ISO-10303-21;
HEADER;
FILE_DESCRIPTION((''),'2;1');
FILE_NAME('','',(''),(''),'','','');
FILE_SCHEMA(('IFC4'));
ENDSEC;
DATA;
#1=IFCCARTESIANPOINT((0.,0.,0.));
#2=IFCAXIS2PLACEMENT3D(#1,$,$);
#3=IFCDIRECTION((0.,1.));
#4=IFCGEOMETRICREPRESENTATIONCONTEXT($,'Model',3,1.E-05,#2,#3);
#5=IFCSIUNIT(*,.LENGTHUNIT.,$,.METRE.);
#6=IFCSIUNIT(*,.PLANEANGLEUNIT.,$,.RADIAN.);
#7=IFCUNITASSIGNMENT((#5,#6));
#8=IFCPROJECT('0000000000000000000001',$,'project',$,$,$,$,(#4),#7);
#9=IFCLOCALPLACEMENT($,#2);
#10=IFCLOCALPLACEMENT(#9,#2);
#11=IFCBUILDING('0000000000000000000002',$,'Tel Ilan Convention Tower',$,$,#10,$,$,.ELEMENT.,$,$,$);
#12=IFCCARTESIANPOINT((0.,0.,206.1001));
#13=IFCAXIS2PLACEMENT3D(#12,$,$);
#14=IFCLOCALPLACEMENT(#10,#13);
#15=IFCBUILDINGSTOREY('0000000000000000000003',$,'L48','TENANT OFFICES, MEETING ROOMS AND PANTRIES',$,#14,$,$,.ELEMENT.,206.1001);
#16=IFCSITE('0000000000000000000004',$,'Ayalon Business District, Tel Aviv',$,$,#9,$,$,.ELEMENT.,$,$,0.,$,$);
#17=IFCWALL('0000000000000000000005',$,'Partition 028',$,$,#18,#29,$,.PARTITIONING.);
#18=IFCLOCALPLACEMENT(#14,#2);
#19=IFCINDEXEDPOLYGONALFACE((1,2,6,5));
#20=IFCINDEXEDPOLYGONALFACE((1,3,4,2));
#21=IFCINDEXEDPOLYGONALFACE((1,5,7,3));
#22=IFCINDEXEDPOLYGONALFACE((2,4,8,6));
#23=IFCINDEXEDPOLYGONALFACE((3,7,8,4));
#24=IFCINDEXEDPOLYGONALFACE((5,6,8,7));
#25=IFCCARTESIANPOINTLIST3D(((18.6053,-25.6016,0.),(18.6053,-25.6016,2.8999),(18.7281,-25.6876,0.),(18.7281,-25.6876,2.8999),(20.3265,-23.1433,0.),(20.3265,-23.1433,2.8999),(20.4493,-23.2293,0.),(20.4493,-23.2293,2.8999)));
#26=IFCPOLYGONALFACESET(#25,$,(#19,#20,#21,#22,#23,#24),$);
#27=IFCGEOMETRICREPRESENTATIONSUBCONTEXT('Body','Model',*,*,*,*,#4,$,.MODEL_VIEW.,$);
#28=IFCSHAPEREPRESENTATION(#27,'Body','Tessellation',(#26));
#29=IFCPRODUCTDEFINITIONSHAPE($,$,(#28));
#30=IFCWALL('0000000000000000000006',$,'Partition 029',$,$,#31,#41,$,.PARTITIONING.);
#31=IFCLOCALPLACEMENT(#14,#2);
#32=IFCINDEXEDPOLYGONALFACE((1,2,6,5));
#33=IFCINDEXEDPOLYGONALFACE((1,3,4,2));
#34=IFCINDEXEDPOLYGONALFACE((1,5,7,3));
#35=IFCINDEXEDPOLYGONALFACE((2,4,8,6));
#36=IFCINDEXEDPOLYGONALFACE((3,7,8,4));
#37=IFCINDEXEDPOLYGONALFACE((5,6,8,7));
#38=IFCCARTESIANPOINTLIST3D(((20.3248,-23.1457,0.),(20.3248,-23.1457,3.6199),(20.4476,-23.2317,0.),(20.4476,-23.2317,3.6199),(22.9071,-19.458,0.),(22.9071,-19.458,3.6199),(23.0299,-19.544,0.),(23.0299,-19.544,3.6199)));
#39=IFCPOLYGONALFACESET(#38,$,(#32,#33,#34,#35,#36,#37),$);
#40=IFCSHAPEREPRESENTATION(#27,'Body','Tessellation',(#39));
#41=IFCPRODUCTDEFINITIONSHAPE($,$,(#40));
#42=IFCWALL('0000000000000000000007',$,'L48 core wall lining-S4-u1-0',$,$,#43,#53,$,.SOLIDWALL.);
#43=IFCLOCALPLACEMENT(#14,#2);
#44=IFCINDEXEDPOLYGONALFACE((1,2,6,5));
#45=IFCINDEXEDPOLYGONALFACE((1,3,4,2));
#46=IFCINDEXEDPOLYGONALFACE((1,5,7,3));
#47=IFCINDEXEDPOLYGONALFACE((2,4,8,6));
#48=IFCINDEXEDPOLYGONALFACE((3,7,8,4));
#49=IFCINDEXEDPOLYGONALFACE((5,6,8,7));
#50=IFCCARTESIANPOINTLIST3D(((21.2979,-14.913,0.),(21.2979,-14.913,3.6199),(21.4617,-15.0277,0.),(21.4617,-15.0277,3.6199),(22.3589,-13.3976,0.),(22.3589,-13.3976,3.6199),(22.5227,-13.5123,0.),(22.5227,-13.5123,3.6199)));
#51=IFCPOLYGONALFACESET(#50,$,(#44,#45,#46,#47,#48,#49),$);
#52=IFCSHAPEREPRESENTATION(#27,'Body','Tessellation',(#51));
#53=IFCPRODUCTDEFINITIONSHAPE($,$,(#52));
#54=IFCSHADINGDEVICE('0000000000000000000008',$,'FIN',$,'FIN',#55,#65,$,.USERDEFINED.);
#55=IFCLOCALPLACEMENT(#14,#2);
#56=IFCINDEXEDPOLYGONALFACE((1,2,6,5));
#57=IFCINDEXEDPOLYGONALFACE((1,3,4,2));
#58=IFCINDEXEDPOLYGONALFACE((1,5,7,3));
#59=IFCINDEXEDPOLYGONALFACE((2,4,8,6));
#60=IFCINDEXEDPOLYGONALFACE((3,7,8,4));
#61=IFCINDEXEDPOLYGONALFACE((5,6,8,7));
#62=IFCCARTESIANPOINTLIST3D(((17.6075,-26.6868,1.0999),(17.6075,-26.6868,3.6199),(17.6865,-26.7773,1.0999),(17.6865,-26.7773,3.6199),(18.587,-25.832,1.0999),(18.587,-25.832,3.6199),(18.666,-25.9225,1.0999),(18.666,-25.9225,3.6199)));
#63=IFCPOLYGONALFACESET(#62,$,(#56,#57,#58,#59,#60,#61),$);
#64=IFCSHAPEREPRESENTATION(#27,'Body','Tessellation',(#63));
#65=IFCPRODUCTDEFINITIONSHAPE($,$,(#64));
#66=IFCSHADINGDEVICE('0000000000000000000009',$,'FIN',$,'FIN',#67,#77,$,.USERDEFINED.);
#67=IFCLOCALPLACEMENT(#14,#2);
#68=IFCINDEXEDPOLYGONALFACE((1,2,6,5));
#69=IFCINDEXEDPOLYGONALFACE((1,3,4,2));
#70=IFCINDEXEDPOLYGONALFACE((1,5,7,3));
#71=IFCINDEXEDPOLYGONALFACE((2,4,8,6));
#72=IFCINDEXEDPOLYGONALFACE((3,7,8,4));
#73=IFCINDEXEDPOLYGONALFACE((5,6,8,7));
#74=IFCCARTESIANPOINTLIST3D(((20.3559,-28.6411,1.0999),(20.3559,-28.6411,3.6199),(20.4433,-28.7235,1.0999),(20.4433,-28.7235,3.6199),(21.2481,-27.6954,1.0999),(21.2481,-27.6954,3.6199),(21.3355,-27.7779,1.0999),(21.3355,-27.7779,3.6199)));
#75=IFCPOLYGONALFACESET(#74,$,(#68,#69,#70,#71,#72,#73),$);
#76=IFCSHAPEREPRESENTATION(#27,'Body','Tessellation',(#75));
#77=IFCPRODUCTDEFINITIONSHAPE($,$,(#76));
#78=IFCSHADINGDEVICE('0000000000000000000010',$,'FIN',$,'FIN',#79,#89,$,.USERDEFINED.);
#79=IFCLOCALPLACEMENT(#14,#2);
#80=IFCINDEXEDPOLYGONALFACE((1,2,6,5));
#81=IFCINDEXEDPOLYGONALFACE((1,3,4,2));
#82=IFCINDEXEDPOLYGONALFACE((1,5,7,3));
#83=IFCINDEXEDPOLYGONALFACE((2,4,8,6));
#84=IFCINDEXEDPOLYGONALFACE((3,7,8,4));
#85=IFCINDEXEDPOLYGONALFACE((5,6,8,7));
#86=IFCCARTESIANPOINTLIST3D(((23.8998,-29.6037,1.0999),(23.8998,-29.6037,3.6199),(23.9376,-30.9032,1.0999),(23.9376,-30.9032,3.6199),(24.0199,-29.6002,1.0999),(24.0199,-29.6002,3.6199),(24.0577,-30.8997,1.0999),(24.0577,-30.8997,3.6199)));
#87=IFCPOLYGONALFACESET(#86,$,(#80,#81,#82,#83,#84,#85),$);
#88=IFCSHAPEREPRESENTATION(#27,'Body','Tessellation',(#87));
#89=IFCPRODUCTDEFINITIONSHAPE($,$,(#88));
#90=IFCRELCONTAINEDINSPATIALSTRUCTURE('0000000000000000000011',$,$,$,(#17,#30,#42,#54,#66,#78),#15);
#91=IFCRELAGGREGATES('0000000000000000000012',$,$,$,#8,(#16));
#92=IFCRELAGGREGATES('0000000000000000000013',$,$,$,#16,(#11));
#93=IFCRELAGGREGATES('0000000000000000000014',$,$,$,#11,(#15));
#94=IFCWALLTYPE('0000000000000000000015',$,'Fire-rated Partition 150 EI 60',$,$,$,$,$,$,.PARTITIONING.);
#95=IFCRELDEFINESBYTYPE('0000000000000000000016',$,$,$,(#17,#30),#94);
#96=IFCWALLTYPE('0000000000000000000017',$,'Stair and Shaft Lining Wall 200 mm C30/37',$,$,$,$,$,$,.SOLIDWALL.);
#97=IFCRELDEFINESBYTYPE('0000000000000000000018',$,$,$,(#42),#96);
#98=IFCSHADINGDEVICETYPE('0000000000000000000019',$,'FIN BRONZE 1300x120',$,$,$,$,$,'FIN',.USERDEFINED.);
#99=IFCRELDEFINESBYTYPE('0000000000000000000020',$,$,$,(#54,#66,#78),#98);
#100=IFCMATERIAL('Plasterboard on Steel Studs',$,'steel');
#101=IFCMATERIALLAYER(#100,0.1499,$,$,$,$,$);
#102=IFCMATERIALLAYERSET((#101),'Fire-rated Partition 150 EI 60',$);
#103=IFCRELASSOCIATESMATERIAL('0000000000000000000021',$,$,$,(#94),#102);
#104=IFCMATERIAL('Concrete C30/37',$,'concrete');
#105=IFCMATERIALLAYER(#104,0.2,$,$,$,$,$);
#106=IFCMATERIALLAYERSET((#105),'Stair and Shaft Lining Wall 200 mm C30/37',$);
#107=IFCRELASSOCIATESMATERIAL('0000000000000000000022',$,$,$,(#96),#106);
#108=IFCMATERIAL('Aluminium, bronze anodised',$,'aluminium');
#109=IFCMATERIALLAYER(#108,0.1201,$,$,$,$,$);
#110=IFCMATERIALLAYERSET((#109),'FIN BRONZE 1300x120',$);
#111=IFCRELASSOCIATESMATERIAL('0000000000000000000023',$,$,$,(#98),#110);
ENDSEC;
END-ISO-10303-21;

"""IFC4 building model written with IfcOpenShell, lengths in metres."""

from ifc_helpers import new_model, si_unit, direction, frame, frame_2d, origin, origin_2d, place, context, subcontext, project, spatial, rectangle, extrude, material, layer, layer_set, type_object, element, save


model = new_model("IFC4")

# Units and contexts
model_context = context("Model", 3, precision=1e-05, world=origin(), true_north=direction((0.0, 1.0)))
body_context = subcontext(model_context, "Body", "Model", "MODEL_VIEW")
ifc_project = project(units=[si_unit("LENGTHUNIT", "METRE"), si_unit("PLANEANGLEUNIT", "RADIAN")], contexts=[model_context])

# Site, building, storey
site_placement = place(None, origin())
site = spatial("IfcSite", under=ifc_project, at=site_placement, Name="Ayalon Business District, Tel Aviv", CompositionType="ELEMENT", RefElevation=0.0)
building_placement = place(site_placement, origin())
building = spatial("IfcBuilding", under=site, at=building_placement, Name="Tel Ilan Convention Tower", CompositionType="ELEMENT")
storey_placement = place(building_placement, frame((0.0, 0.0, 206.1001)))
storey = spatial("IfcBuildingStorey", under=building, at=storey_placement, Name="L48", Description="TENANT OFFICES, MEETING ROOMS AND PANTRIES", CompositionType="ELEMENT", Elevation=206.1001)

# Shared definitions
ifc_material_1 = material(Name="Plasterboard on Steel Studs", Category="steel")
ifc_layer_1 = layer(ifc_material_1, 0.1499)
ifc_layer_set_1 = layer_set([ifc_layer_1], Name="Fire-rated Partition 150 EI 60")
wall_type_1 = type_object("IfcWallType", Name="Fire-rated Partition 150 EI 60", PredefinedType="PARTITIONING", material=ifc_layer_set_1)

# Walls
wall_1_placement = place(storey_placement, frame((20.3879, -23.1863, 0.0), z_axis=(0.0, 0.0, 1.0), x_axis=(-0.573555, -0.819167, 0.0)))
element("IfcWall", 1, at=wall_1_placement, inside=storey, type_object=wall_type_1, Name="Partition 028", PredefinedType="PARTITIONING", context=body_context, shape_type="SweptSolid", body=[
    extrude(rectangle(XDim=3.001, YDim=0.1499, at=frame_2d((1.5005, 0.0))), origin(), (0.0, 0.0, 1.0), 2.8999),
])
wall_2_placement = place(storey_placement, frame((22.9685, -19.501, 0.0), z_axis=(0.0, 0.0, 1.0), x_axis=(-0.57359, -0.819143, 0.0)))
element("IfcWall", 2, at=wall_2_placement, inside=storey, type_object=wall_type_1, Name="Partition 029", PredefinedType="PARTITIONING", context=body_context, shape_type="SweptSolid", body=[
    extrude(rectangle(XDim=4.502, YDim=0.1499, at=frame_2d((2.251, 0.0))), origin(), (0.0, 0.0, 1.0), 3.6199),
])
ifc_material_2 = material(Name="Concrete C30/37", Category="concrete")
ifc_layer_2 = layer(ifc_material_2, 0.2)
ifc_layer_set_2 = layer_set([ifc_layer_2], Name="Stair and Shaft Lining Wall 200 mm C30/37")
wall_type_2 = type_object("IfcWallType", Name="Stair and Shaft Lining Wall 200 mm C30/37", PredefinedType="SOLIDWALL", material=ifc_layer_set_2)
wall_3_placement = place(storey_placement, frame((21.3799, -14.9702, 0.0), z_axis=(0.0, 0.0, 1.0), x_axis=(0.57356, 0.819164, 0.0)))
element("IfcWall", 3, at=wall_3_placement, inside=storey, type_object=wall_type_2, Name="L48 core wall lining-S4-u1-0", PredefinedType="SOLIDWALL", context=body_context, shape_type="SweptSolid", body=[
    extrude(rectangle(XDim=1.8499, YDim=0.2, at=frame_2d((0.9248, 0.0))), origin(), (0.0, 0.0, 1.0), 3.6199),
])

# Shading devices
ifc_material_3 = material(Name="Aluminium, bronze anodised", Category="aluminium")
ifc_layer_3 = layer(ifc_material_3, 0.1201)
ifc_layer_set_3 = layer_set([ifc_layer_3], Name="FIN BRONZE 1300x120")
shading_device_type = type_object("IfcShadingDeviceType", Name="FIN BRONZE 1300x120", ElementType="FIN", PredefinedType="USERDEFINED", material=ifc_layer_set_3)
for number, where, z_axis, x_axis, name in (
    (4, (18.1367, -26.3047, 1.0999), (0.0, 0.0, 1.0), (-0.753436, -0.657521, 0.0), "FIN"),
    (5, (20.8457, -28.2095, 1.0999), (0.0, 0.0, 1.0), (-0.686242, -0.727374, 0.0), "FIN"),
    (6, (23.9788, -30.2517, 1.0999), (0.0, 0.0, 1.0), (0.029085, -0.999577, 0.0), "FIN"),
):
    element("IfcShadingDevice", number, at=place(storey_placement, frame(where, z_axis=z_axis, x_axis=x_axis)), inside=storey, type_object=shading_device_type, Name=name, ObjectType="FIN", PredefinedType="USERDEFINED", context=body_context, shape_type="SweptSolid", body=[
        extrude(rectangle(XDim=1.3, YDim=0.1201, at=origin_2d()), origin(), (0.0, 0.0, 1.0), 2.52),
    ])

save(model, "model.ifc")
